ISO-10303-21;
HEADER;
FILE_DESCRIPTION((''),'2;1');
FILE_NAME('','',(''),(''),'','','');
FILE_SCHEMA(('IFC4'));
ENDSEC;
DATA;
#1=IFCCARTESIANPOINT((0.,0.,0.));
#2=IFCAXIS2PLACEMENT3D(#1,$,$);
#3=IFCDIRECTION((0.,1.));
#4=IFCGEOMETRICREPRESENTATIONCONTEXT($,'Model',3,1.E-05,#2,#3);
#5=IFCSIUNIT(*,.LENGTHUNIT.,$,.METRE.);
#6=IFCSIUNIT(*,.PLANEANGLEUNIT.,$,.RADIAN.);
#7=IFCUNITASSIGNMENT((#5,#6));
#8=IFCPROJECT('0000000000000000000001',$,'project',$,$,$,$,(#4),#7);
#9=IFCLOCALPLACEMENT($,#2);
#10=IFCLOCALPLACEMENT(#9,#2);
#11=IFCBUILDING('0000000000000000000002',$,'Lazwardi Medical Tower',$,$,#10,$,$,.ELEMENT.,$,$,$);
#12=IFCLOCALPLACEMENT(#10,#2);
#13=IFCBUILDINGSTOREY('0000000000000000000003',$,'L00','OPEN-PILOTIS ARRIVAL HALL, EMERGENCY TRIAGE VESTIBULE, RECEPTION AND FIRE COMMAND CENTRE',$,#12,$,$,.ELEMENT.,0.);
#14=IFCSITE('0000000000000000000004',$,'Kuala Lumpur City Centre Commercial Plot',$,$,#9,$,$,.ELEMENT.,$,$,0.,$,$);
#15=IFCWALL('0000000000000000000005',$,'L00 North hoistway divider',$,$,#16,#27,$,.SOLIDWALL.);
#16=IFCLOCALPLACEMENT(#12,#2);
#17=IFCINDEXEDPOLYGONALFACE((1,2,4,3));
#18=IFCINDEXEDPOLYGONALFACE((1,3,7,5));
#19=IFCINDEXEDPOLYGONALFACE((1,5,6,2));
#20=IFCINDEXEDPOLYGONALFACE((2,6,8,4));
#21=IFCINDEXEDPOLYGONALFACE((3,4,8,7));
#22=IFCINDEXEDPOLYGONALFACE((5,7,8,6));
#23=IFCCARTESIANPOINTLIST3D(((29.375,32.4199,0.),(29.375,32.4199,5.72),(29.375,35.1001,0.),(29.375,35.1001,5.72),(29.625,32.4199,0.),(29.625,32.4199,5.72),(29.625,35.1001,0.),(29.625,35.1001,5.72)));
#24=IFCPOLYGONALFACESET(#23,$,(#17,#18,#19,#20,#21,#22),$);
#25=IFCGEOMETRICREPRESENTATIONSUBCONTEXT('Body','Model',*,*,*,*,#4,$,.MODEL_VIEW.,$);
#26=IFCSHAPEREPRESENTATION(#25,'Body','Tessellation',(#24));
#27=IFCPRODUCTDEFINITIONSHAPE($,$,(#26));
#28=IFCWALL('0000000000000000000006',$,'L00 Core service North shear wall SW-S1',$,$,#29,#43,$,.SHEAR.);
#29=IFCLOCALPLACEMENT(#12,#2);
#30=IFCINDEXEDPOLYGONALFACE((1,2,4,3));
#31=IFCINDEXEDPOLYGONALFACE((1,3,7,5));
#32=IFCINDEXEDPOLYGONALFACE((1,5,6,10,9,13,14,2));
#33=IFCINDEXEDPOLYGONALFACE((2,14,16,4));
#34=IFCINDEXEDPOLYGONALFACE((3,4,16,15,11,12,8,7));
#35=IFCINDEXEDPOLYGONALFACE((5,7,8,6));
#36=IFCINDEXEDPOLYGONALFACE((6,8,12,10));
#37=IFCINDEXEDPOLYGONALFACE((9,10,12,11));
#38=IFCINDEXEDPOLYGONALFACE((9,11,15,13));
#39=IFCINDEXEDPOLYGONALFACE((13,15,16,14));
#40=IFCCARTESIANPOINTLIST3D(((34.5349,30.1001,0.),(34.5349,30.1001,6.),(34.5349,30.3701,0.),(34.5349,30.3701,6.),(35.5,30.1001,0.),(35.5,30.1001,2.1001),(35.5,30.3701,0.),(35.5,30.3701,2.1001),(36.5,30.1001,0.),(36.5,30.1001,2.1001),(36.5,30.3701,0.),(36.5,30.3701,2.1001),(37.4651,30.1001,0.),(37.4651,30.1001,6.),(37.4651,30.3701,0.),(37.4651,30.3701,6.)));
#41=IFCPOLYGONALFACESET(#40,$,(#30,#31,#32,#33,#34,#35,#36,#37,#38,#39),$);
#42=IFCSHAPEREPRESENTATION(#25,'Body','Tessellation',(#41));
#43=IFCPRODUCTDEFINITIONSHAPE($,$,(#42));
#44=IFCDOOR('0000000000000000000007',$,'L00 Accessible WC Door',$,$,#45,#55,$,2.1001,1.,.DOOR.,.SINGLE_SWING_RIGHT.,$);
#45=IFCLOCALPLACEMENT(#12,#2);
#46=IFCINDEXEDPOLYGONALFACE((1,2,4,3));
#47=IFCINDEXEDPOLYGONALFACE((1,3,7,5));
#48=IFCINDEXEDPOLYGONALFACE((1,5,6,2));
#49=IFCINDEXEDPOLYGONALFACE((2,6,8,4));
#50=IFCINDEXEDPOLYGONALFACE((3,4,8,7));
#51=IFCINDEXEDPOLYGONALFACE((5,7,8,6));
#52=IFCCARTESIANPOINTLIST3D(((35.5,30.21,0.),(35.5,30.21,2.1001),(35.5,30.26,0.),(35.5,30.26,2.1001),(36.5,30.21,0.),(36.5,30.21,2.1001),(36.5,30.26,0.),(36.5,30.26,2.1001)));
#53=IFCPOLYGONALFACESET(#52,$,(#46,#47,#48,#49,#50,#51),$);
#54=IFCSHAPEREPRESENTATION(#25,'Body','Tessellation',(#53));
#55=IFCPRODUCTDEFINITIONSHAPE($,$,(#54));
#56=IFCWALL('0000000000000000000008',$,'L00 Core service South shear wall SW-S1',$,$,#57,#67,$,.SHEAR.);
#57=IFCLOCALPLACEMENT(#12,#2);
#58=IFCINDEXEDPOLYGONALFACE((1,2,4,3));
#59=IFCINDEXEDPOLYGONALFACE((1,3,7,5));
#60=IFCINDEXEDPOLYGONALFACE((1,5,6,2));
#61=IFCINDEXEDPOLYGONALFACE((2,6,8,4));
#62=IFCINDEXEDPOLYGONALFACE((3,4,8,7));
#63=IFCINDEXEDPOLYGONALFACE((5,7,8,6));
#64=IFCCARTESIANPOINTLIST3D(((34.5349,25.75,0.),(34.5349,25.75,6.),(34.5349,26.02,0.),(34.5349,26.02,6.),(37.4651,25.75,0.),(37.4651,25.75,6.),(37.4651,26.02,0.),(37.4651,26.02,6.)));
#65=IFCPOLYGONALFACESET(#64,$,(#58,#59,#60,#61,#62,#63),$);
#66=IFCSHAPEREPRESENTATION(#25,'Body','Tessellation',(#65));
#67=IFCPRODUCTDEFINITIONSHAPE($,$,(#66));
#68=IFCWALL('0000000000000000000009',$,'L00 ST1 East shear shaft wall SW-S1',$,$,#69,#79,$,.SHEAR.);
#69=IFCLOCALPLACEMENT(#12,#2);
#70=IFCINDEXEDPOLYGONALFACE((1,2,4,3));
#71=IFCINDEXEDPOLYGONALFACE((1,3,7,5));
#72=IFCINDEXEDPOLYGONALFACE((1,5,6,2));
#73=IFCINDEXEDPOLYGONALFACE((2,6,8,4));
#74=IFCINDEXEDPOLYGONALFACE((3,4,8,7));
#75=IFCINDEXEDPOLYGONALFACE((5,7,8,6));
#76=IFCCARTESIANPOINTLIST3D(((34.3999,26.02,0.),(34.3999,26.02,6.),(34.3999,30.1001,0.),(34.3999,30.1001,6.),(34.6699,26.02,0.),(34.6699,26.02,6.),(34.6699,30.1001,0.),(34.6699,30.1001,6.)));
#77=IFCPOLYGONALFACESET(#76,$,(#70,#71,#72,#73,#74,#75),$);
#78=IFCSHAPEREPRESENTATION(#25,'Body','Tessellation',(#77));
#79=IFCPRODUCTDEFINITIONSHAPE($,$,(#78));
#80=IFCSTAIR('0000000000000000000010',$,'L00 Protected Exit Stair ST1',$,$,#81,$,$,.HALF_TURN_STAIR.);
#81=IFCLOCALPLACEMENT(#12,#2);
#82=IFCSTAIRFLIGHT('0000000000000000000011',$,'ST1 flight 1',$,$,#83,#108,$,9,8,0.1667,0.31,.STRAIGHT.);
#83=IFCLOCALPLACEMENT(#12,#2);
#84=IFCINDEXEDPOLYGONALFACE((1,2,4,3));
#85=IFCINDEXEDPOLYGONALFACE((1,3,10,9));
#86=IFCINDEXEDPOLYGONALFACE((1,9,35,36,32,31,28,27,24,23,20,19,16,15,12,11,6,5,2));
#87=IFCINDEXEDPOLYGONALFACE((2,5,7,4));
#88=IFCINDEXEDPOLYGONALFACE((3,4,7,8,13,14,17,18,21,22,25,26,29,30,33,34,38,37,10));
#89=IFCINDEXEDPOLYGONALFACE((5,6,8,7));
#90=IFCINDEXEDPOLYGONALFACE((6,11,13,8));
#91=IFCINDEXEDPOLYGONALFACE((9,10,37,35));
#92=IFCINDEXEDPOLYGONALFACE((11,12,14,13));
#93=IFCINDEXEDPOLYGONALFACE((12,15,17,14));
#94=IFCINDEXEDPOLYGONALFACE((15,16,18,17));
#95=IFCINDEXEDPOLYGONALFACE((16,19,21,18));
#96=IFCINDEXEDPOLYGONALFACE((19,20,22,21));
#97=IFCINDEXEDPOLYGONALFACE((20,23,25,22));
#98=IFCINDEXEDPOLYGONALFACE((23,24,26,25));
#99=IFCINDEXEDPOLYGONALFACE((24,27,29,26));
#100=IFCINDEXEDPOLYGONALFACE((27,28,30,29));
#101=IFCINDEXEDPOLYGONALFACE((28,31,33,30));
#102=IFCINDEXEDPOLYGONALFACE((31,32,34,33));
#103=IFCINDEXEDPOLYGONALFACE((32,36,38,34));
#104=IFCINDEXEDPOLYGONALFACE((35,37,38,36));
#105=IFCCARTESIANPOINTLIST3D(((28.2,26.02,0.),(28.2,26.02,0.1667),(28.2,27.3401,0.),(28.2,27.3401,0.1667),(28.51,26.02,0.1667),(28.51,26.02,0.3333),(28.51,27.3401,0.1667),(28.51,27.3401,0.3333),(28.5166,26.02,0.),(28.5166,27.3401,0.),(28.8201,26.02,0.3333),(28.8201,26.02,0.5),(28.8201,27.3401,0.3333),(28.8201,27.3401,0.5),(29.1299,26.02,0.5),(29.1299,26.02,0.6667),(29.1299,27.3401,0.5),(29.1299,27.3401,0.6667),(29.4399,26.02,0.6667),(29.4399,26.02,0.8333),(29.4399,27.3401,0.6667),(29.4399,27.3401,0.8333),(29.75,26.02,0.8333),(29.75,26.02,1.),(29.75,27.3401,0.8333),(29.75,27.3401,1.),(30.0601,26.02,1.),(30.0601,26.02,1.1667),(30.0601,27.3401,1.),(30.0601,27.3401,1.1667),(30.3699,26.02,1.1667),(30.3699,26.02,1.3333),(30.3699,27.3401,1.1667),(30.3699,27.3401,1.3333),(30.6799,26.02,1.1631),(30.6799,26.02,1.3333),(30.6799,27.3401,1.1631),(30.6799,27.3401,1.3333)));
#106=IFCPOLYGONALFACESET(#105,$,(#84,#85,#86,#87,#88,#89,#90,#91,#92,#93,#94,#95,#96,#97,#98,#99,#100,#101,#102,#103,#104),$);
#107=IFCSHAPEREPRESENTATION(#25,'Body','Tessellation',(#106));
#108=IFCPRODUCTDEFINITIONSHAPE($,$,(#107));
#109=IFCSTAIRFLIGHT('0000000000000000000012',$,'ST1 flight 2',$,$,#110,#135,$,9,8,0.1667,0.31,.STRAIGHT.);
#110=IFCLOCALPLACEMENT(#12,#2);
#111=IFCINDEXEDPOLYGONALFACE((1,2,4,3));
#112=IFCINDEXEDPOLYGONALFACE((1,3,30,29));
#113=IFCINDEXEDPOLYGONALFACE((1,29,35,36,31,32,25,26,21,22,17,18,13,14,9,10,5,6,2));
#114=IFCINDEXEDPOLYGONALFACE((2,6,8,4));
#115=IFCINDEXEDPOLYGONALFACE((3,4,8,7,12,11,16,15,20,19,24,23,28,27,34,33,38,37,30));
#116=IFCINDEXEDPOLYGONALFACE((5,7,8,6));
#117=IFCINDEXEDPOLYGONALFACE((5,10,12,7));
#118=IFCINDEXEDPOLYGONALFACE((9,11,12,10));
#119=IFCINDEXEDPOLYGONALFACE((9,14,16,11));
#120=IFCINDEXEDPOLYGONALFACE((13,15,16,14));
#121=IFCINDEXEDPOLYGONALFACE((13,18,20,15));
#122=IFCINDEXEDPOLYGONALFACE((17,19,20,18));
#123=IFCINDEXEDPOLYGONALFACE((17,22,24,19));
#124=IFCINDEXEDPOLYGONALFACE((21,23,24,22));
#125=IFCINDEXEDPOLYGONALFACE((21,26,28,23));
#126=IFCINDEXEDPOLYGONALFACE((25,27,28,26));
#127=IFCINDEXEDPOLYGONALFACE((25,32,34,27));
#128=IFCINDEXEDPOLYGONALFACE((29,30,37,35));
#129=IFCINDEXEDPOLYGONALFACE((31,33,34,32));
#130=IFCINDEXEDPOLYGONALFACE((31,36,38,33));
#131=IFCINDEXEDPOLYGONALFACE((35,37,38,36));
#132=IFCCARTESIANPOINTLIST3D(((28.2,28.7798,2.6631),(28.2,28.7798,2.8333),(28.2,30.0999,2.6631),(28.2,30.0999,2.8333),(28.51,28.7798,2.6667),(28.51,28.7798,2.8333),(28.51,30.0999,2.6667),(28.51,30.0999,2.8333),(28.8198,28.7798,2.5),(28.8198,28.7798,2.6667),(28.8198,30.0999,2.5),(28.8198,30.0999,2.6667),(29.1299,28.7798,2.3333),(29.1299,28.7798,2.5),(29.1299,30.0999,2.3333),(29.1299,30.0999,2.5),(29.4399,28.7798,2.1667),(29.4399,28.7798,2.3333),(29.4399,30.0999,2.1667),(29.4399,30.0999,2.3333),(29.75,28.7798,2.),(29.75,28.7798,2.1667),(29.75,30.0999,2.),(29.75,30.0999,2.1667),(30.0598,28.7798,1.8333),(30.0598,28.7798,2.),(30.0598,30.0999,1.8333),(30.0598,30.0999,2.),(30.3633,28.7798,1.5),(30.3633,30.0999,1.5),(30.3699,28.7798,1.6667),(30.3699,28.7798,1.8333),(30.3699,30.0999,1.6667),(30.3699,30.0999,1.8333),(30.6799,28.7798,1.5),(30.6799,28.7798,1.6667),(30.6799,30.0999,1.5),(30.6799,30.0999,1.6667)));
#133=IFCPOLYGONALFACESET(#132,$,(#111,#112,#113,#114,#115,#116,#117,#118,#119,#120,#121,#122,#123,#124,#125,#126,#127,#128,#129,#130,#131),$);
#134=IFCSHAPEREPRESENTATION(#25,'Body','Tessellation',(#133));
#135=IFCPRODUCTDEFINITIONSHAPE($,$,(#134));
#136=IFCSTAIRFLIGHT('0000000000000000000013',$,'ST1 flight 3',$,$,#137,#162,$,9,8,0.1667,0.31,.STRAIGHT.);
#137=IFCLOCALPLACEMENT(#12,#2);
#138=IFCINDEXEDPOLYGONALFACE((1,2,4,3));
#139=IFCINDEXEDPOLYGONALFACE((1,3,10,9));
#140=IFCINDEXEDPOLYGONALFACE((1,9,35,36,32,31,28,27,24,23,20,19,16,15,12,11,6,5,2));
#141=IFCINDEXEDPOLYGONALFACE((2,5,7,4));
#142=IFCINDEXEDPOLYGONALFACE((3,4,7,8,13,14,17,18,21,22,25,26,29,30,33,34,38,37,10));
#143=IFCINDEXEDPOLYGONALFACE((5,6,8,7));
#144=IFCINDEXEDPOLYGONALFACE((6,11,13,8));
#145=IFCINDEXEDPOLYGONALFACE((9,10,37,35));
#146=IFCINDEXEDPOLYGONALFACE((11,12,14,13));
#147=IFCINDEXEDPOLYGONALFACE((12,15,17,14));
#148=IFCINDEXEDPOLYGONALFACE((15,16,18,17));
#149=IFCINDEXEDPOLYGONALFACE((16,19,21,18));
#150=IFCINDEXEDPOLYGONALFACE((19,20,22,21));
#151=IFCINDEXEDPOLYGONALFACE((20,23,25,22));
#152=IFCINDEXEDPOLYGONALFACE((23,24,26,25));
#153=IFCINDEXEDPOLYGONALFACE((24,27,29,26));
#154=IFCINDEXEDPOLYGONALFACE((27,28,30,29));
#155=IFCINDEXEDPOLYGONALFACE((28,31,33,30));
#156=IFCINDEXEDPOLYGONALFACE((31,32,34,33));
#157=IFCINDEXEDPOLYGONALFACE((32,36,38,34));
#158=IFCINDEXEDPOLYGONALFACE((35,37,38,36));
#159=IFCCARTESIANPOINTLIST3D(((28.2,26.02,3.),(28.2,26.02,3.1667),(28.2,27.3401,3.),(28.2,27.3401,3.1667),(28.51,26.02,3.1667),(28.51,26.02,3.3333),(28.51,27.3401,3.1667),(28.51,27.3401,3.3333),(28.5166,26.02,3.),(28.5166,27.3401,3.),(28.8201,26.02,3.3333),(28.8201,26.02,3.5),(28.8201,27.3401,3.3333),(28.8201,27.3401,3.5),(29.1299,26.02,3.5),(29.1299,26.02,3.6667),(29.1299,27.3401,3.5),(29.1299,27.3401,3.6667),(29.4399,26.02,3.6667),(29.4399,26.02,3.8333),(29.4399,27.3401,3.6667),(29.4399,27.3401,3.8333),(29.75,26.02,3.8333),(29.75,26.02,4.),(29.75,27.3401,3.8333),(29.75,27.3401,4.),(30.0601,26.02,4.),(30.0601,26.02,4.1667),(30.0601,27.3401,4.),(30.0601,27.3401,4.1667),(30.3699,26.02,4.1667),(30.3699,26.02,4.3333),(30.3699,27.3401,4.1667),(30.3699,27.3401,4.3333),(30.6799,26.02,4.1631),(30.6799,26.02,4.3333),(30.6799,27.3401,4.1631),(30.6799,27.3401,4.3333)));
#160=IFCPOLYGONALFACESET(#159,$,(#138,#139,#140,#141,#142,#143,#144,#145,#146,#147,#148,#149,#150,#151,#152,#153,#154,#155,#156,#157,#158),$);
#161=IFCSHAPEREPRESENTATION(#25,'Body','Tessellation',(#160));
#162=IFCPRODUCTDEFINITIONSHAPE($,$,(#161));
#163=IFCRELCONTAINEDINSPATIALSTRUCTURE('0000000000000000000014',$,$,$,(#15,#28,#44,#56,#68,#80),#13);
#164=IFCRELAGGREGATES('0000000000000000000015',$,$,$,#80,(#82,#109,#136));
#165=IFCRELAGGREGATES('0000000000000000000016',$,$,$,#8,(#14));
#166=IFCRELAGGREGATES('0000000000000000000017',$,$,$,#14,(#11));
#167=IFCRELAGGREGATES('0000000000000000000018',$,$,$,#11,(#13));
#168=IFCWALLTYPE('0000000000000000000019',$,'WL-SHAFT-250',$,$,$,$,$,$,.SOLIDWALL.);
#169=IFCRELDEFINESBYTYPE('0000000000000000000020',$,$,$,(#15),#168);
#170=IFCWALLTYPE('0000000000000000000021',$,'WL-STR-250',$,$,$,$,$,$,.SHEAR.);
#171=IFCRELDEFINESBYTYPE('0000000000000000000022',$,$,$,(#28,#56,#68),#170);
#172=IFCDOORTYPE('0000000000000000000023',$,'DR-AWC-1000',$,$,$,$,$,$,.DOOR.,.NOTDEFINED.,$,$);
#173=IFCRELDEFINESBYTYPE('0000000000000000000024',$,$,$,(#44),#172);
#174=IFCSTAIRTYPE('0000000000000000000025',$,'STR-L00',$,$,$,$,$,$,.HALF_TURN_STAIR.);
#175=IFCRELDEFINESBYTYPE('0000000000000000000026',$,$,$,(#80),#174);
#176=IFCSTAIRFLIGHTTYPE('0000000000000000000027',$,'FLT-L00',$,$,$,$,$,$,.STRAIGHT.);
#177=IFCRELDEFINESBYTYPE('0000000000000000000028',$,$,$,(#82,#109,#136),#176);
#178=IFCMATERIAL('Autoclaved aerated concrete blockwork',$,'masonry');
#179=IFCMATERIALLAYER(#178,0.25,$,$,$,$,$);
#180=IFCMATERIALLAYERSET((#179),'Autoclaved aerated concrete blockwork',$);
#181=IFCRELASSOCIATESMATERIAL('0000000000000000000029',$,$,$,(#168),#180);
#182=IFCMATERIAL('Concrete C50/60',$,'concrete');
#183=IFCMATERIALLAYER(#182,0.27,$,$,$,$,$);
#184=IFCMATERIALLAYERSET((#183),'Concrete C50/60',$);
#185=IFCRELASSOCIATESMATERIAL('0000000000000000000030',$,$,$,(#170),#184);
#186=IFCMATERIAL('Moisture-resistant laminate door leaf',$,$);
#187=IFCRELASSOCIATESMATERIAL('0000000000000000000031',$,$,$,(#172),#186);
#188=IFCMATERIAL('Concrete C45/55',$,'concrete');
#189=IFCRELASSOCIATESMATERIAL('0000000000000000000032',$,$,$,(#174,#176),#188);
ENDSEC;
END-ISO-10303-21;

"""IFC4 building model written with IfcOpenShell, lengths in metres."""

from ifc_helpers import new_model, si_unit, direction, frame, frame_2d, origin, place, context, subcontext, project, spatial, polyline, rectangle, outline, extrude, material, layer, layer_set, type_object, element, fill, aggregate, save


model = new_model("IFC4")

# Units and contexts
model_context = context("Model", 3, precision=1e-05, world=origin(), true_north=direction((0.0, 1.0)))
body_context = subcontext(model_context, "Body", "Model", "MODEL_VIEW")
ifc_project = project(units=[si_unit("LENGTHUNIT", "METRE"), si_unit("PLANEANGLEUNIT", "RADIAN")], contexts=[model_context])

# Site, building, storey
site_placement = place(None, origin())
site = spatial("IfcSite", under=ifc_project, at=site_placement, Name="Kuala Lumpur City Centre Commercial Plot", CompositionType="ELEMENT", RefElevation=0.0)
building_placement = place(site_placement, origin())
building = spatial("IfcBuilding", under=site, at=building_placement, Name="Lazwardi Medical Tower", CompositionType="ELEMENT")
storey_placement = place(building_placement, origin())
storey = spatial("IfcBuildingStorey", under=building, at=storey_placement, Name="L00", Description="OPEN-PILOTIS ARRIVAL HALL, EMERGENCY TRIAGE VESTIBULE, RECEPTION AND FIRE COMMAND CENTRE", CompositionType="ELEMENT", Elevation=0.0)

# Wall
ifc_material_1 = material(Name="Autoclaved aerated concrete blockwork", Category="masonry")
ifc_layer_1 = layer(ifc_material_1, 0.25)
ifc_layer_set_1 = layer_set([ifc_layer_1], Name="Autoclaved aerated concrete blockwork")
wall_type_1 = type_object("IfcWallType", Name="WL-SHAFT-250", PredefinedType="SOLIDWALL", material=ifc_layer_set_1)
wall_1_placement = place(storey_placement, frame((29.5, 32.4199, 0.0), z_axis=(0.0, 0.0, 1.0), x_axis=(0.0, 1.0, 0.0)))
element("IfcWall", 1, at=wall_1_placement, inside=storey, type_object=wall_type_1, Name="L00 North hoistway divider", PredefinedType="SOLIDWALL", context=body_context, shape_type="SweptSolid", body=[
    extrude(rectangle(XDim=2.6802, YDim=0.25, at=frame_2d((1.3401, 0.0))), origin(), (0.0, 0.0, 1.0), 5.72),
])

# Wall, opening, door
ifc_material_2 = material(Name="Concrete C50/60", Category="concrete")
ifc_layer_2 = layer(ifc_material_2, 0.27)
ifc_layer_set_2 = layer_set([ifc_layer_2], Name="Concrete C50/60")
wall_type_2 = type_object("IfcWallType", Name="WL-STR-250", PredefinedType="SHEAR", material=ifc_layer_set_2)
wall_2_placement = place(storey_placement, frame((34.5349, 30.2351, 0.0), z_axis=(0.0, 0.0, 1.0), x_axis=(1.0, 0.0, 0.0)))
wall_2 = element("IfcWall", 2, at=wall_2_placement, inside=storey, type_object=wall_type_2, Name="L00 Core service North shear wall SW-S1", PredefinedType="SHEAR", context=body_context, shape_type="SweptSolid", body=[
    extrude(rectangle(XDim=2.9302, YDim=0.27, at=frame_2d((1.4651, 0.0))), origin(), (0.0, 0.0, 1.0), 6.0),
])
opening_placement = place(wall_2_placement, frame((0.9651, 0.0, 0.0)))
opening = element("IfcOpeningElement", 3, at=opening_placement, cuts=wall_2, PredefinedType="OPENING", context=body_context, shape_type="SweptSolid", body=[
    extrude(rectangle(XDim=1.0, YDim=2.1001, at=frame_2d((0.5, 1.05))), frame((0.0, 0.145, 0.0), z_axis=(0.0, -1.0, 0.0), x_axis=(1.0, 0.0, 0.0)), (0.0, 0.0, 1.0), 0.29),
])
ifc_material_3 = material(Name="Moisture-resistant laminate door leaf")
door_type = type_object("IfcDoorType", Name="DR-AWC-1000", OperationType="NOTDEFINED", PredefinedType="DOOR", material=ifc_material_3)
door_placement = place(opening_placement, origin())
door = element("IfcDoor", 4, at=door_placement, inside=storey, type_object=door_type, Name="L00 Accessible WC Door", OperationType="SINGLE_SWING_RIGHT", OverallHeight=2.1001, OverallWidth=1.0, PredefinedType="DOOR", context=body_context, shape_type="SweptSolid", body=[
    extrude(rectangle(XDim=1.0, YDim=2.1001, at=frame_2d((0.5, 1.05))), frame((0.0, 0.0249, 0.0), z_axis=(0.0, -1.0, 0.0), x_axis=(1.0, 0.0, 0.0)), (0.0, 0.0, 1.0), 0.05),
])
fill(opening, door)

# Walls
wall_3_placement = place(storey_placement, frame((34.5349, 25.885, 0.0), z_axis=(0.0, 0.0, 1.0), x_axis=(1.0, 0.0, 0.0)))
element("IfcWall", 5, at=wall_3_placement, inside=storey, type_object=wall_type_2, Name="L00 Core service South shear wall SW-S1", PredefinedType="SHEAR", context=body_context, shape_type="SweptSolid", body=[
    extrude(rectangle(XDim=2.9302, YDim=0.27, at=frame_2d((1.4651, 0.0))), origin(), (0.0, 0.0, 1.0), 6.0),
])
wall_4_placement = place(storey_placement, frame((34.5349, 26.02, 0.0), z_axis=(0.0, 0.0, 1.0), x_axis=(0.0, 1.0, 0.0)))
element("IfcWall", 6, at=wall_4_placement, inside=storey, type_object=wall_type_2, Name="L00 ST1 East shear shaft wall SW-S1", PredefinedType="SHEAR", context=body_context, shape_type="SweptSolid", body=[
    extrude(rectangle(XDim=4.0801, YDim=0.27, at=frame_2d((2.04, 0.0))), origin(), (0.0, 0.0, 1.0), 6.0),
])

# Stair, stair flights
ifc_material_4 = material(Name="Concrete C45/55", Category="concrete")
stair_type = type_object("IfcStairType", Name="STR-L00", PredefinedType="HALF_TURN_STAIR", material=ifc_material_4)
stair_placement = place(storey_placement, origin())
stair = element("IfcStair", 7, at=stair_placement, inside=storey, type_object=stair_type, Name="L00 Protected Exit Stair ST1", PredefinedType="HALF_TURN_STAIR")
stair_flight_type = type_object("IfcStairFlightType", Name="FLT-L00", PredefinedType="STRAIGHT", material=ifc_material_4)
stair_flight_1_placement = place(storey_placement, frame((28.2, 26.6799, 0.0), z_axis=(0.0, 0.0, 1.0), x_axis=(1.0, 0.0, 0.0)))
stair_flight_1 = element("IfcStairFlight", 8, at=stair_flight_1_placement, type_object=stair_flight_type, Name="ST1 flight 1", NumberOfRisers=9, NumberOfTreads=8, PredefinedType="STRAIGHT", RiserHeight=0.1667, TreadLength=0.31, context=body_context, shape_type="SweptSolid", body=[
    extrude(outline(polyline([(0.0, 0.0), (0.0, 0.1667), (0.3101, 0.1667), (0.3101, 0.3333), (0.6201, 0.3333), (0.6201, 0.5), (0.9299, 0.5), (0.9299, 0.6667), (1.24, 0.6667), (1.24, 0.8333), (1.55, 0.8333), (1.55, 1.0), (1.8601, 1.0), (1.8601, 1.1667), (2.1699, 1.1667), (2.1699, 1.3333), (2.48, 1.3333), (2.48, 1.5), (2.48, 1.1631), (0.3167, 0.0), (0.0, 0.0)])), frame((0.0, 0.6602, 0.0), z_axis=(0.0, -1.0, 0.0), x_axis=(1.0, 0.0, 0.0)), (0.0, 0.0, 1.0), 1.3201),
])
stair_flight_2_placement = place(storey_placement, frame((30.6799, 29.4399, 1.5), z_axis=(0.0, 0.0, 1.0), x_axis=(-1.0, 0.0, 0.0)))
stair_flight_2 = element("IfcStairFlight", 9, at=stair_flight_2_placement, type_object=stair_flight_type, Name="ST1 flight 2", NumberOfRisers=9, NumberOfTreads=8, PredefinedType="STRAIGHT", RiserHeight=0.1667, TreadLength=0.31, context=body_context, shape_type="SweptSolid", body=[
    extrude(outline(polyline([(0.0, 0.0), (0.0, 0.1667), (0.3101, 0.1667), (0.3101, 0.3333), (0.6201, 0.3333), (0.6201, 0.5), (0.9299, 0.5), (0.9299, 0.6667), (1.24, 0.6667), (1.24, 0.8333), (1.55, 0.8333), (1.55, 1.0), (1.8601, 1.0), (1.8601, 1.1667), (2.1699, 1.1667), (2.1699, 1.3333), (2.48, 1.3333), (2.48, 1.5), (2.48, 1.1631), (0.3167, 0.0), (0.0, 0.0)])), frame((0.0, 0.6602, 0.0), z_axis=(0.0, -1.0, 0.0), x_axis=(1.0, 0.0, 0.0)), (0.0, 0.0, 1.0), 1.3201),
])
stair_flight_3_placement = place(storey_placement, frame((28.2, 26.6799, 3.0), z_axis=(0.0, 0.0, 1.0), x_axis=(1.0, 0.0, 0.0)))
stair_flight_3 = element("IfcStairFlight", 10, at=stair_flight_3_placement, type_object=stair_flight_type, Name="ST1 flight 3", NumberOfRisers=9, NumberOfTreads=8, PredefinedType="STRAIGHT", RiserHeight=0.1667, TreadLength=0.31, context=body_context, shape_type="SweptSolid", body=[
    extrude(outline(polyline([(0.0, 0.0), (0.0, 0.1667), (0.3101, 0.1667), (0.3101, 0.3333), (0.6201, 0.3333), (0.6201, 0.5), (0.9299, 0.5), (0.9299, 0.6667), (1.24, 0.6667), (1.24, 0.8333), (1.55, 0.8333), (1.55, 1.0), (1.8601, 1.0), (1.8601, 1.1667), (2.1699, 1.1667), (2.1699, 1.3333), (2.48, 1.3333), (2.48, 1.5), (2.48, 1.1631), (0.3167, 0.0), (0.0, 0.0)])), frame((0.0, 0.6602, 0.0), z_axis=(0.0, -1.0, 0.0), x_axis=(1.0, 0.0, 0.0)), (0.0, 0.0, 1.0), 1.3201),
])
aggregate(stair, [stair_flight_1, stair_flight_2, stair_flight_3])

save(model, "model.ifc")
